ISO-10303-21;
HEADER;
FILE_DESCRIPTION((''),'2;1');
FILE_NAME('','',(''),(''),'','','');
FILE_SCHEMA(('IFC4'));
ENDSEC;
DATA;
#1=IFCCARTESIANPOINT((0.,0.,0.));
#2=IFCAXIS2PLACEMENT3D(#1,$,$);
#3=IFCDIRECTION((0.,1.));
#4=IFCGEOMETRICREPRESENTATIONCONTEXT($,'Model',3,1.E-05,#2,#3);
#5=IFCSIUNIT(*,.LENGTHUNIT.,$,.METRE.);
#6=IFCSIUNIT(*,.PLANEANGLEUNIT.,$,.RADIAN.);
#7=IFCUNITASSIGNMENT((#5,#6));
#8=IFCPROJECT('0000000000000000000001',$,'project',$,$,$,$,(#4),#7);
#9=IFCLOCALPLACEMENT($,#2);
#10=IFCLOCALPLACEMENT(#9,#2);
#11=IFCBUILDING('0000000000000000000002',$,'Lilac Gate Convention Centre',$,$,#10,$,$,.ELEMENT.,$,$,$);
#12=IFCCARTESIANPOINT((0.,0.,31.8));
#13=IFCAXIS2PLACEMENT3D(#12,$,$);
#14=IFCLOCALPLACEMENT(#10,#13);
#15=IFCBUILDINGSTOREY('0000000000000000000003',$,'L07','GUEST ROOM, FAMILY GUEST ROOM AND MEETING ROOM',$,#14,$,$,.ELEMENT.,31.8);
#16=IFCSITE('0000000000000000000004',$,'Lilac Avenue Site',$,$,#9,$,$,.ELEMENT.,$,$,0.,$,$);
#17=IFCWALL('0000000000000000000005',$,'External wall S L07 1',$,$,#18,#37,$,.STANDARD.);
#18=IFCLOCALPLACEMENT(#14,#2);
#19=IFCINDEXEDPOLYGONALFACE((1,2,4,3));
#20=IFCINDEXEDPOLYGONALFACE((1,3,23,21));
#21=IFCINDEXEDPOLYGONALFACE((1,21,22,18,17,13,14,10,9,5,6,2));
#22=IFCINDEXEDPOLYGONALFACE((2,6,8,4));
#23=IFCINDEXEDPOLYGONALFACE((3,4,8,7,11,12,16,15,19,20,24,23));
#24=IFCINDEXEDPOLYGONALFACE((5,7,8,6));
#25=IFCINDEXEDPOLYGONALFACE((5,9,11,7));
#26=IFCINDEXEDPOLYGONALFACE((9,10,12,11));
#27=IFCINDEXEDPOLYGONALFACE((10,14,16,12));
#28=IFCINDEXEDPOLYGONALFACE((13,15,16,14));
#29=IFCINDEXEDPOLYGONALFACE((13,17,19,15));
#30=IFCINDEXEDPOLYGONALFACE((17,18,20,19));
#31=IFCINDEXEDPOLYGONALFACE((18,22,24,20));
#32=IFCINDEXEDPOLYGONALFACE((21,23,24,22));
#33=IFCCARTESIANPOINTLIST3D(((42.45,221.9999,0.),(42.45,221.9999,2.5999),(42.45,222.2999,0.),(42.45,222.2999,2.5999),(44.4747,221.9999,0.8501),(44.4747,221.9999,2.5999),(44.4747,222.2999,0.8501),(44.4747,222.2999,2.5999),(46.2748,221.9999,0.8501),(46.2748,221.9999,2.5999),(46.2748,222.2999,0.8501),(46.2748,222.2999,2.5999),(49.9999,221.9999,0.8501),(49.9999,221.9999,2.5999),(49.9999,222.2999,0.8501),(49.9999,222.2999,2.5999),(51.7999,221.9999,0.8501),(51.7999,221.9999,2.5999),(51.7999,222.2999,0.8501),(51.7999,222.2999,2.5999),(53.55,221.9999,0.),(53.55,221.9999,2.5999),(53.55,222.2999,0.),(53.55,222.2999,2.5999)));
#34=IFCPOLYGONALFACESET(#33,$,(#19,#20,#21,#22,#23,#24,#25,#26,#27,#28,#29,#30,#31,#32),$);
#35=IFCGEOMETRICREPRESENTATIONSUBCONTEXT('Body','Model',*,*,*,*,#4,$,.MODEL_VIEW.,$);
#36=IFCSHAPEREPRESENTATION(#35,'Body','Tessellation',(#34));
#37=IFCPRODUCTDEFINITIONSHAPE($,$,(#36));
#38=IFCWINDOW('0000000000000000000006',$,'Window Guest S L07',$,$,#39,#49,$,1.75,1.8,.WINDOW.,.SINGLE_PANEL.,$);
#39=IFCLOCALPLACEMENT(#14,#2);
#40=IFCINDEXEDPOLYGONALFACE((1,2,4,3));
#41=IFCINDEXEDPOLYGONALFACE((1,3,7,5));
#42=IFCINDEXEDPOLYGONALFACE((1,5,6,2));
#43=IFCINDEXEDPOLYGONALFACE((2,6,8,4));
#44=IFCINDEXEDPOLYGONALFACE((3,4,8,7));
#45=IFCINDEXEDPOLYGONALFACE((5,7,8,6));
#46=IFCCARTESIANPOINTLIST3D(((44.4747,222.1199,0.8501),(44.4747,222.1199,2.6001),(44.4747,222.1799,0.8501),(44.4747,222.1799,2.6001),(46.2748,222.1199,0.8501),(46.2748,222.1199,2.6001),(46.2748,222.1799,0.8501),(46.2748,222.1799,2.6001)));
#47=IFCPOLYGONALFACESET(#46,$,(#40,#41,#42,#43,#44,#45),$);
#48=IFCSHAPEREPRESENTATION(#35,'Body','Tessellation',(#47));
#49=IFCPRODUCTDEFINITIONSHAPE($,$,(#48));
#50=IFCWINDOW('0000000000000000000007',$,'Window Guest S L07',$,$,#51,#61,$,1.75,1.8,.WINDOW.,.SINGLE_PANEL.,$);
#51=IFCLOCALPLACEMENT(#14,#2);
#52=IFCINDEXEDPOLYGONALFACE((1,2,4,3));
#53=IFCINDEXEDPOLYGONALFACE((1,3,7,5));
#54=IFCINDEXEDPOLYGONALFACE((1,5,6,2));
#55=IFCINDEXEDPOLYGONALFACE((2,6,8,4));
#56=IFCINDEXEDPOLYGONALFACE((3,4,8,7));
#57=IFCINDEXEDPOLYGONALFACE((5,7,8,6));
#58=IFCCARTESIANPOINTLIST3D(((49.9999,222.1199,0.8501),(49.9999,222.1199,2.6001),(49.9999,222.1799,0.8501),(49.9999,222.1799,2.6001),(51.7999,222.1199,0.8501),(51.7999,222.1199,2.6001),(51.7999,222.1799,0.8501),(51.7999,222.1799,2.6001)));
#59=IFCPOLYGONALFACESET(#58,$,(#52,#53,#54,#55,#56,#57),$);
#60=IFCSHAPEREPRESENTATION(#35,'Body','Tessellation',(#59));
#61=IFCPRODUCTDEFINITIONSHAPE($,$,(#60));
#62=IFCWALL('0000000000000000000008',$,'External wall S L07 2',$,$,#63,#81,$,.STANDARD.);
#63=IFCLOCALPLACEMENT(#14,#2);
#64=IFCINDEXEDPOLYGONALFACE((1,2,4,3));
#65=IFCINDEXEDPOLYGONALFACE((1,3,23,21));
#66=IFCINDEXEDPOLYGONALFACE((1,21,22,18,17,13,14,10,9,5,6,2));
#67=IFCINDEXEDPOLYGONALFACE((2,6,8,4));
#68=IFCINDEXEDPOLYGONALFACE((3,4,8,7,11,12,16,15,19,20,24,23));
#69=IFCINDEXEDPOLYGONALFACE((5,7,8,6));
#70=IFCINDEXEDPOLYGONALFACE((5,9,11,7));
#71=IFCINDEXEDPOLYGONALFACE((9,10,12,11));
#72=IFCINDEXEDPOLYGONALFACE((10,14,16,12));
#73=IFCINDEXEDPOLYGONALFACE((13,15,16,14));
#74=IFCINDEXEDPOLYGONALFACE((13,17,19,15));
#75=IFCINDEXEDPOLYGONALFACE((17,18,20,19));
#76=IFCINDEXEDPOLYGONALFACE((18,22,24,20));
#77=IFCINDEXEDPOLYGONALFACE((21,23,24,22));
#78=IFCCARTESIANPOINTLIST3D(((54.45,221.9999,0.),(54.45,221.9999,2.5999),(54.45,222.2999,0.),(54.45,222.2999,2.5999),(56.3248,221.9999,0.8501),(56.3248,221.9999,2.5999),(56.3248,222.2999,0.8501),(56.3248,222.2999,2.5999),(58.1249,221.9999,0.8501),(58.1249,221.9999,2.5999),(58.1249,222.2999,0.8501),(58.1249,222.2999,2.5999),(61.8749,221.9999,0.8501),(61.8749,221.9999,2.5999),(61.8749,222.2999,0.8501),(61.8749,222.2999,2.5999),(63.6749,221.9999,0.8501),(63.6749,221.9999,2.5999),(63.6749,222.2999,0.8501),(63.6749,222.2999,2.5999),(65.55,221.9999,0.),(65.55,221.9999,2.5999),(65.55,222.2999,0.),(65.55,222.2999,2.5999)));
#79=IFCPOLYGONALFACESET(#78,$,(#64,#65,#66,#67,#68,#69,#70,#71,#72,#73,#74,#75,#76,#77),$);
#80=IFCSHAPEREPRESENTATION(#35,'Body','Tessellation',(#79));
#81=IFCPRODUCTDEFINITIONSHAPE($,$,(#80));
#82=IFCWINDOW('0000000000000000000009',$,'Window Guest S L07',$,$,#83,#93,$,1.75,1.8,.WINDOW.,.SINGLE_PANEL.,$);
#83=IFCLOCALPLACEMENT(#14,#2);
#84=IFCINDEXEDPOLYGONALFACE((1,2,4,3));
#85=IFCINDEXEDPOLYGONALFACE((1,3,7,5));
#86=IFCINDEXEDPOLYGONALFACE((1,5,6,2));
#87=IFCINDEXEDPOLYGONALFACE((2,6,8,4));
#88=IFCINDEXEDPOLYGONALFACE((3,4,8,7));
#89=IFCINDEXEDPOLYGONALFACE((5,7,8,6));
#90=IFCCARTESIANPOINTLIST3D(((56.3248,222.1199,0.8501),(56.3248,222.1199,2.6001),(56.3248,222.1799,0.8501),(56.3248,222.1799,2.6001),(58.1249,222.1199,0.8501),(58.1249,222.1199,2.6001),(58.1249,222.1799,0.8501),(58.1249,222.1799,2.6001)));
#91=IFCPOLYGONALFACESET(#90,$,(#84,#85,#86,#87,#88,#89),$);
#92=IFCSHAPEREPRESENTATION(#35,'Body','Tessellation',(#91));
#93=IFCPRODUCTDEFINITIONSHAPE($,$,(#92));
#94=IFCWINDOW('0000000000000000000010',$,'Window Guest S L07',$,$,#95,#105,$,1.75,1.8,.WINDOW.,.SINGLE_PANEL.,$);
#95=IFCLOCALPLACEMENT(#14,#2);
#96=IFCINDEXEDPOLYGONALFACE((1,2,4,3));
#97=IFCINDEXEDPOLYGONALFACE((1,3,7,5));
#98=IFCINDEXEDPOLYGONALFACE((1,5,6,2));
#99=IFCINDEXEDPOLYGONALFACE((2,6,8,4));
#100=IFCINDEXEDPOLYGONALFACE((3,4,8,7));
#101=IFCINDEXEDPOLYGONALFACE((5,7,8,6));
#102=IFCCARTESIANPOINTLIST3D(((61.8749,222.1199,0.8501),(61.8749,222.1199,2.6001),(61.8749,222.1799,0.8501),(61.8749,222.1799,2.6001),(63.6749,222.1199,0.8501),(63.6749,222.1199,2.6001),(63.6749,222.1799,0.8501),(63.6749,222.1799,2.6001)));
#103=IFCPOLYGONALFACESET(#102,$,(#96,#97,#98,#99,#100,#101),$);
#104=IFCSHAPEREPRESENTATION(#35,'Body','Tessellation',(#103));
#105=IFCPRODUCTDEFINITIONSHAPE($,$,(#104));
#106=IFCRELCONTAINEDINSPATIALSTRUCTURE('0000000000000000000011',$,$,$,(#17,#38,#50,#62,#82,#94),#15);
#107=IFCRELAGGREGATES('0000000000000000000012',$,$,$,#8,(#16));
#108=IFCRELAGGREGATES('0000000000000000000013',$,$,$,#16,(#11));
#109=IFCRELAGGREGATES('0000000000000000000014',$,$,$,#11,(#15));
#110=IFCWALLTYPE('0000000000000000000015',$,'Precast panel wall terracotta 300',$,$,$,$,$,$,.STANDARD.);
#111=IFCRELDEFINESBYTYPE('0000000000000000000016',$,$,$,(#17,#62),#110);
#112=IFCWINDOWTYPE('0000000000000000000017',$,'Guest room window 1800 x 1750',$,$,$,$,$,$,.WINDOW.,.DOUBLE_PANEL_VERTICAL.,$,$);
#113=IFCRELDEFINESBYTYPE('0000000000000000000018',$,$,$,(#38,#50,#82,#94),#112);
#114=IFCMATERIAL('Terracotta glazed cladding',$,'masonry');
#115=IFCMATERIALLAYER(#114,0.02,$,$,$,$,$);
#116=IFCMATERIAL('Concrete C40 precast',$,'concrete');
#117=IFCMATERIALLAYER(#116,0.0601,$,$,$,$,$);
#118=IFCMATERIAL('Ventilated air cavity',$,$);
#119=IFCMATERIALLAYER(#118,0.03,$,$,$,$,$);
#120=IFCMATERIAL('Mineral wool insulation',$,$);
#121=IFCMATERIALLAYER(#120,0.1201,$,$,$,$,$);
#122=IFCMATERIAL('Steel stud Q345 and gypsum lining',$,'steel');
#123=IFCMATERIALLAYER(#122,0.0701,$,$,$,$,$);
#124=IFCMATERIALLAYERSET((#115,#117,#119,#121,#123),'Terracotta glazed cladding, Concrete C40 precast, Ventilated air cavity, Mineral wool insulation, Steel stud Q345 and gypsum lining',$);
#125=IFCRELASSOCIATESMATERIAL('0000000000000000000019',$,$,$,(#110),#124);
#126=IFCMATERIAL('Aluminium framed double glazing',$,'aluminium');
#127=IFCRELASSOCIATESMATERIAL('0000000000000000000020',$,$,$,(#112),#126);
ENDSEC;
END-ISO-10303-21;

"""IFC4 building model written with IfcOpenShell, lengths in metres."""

from ifc_helpers import new_model, si_unit, direction, frame, frame_2d, origin, place, context, subcontext, project, spatial, rectangle, extrude, material, layer, layer_set, type_object, element, fill, save


model = new_model("IFC4")

# Units and contexts
model_context = context("Model", 3, precision=1e-05, world=origin(), true_north=direction((0.0, 1.0)))
body_context = subcontext(model_context, "Body", "Model", "MODEL_VIEW")
ifc_project = project(units=[si_unit("LENGTHUNIT", "METRE"), si_unit("PLANEANGLEUNIT", "RADIAN")], contexts=[model_context])

# Site, building, storey
site_placement = place(None, origin())
site = spatial("IfcSite", under=ifc_project, at=site_placement, Name="Lilac Avenue Site", CompositionType="ELEMENT", RefElevation=0.0)
building_placement = place(site_placement, origin())
building = spatial("IfcBuilding", under=site, at=building_placement, Name="Lilac Gate Convention Centre", CompositionType="ELEMENT")
storey_placement = place(building_placement, frame((0.0, 0.0, 31.8)))
storey = spatial("IfcBuildingStorey", under=building, at=storey_placement, Name="L07", Description="GUEST ROOM, FAMILY GUEST ROOM AND MEETING ROOM", CompositionType="ELEMENT", Elevation=31.8)

# Shared definitions
ifc_material_1 = material(Name="Concrete C40 precast", Category="concrete")
ifc_material_2 = material(Name="Terracotta glazed cladding", Category="masonry")

# Walls, openings, windows
ifc_layer_1 = layer(ifc_material_2, 0.02)
ifc_layer_2 = layer(ifc_material_1, 0.0601)
ifc_material_3 = material(Name="Ventilated air cavity")
ifc_layer_3 = layer(ifc_material_3, 0.03)
ifc_material_4 = material(Name="Mineral wool insulation")
ifc_layer_4 = layer(ifc_material_4, 0.1201)
ifc_material_5 = material(Name="Steel stud Q345 and gypsum lining", Category="steel")
ifc_layer_5 = layer(ifc_material_5, 0.0701)
ifc_layer_set_1 = layer_set([ifc_layer_1, ifc_layer_2, ifc_layer_3, ifc_layer_4, ifc_layer_5], Name="Terracotta glazed cladding, Concrete C40 precast, Ventilated air cavity, Mineral wool insulation, Steel stud Q345 and gypsum lining")
wall_type_1 = type_object("IfcWallType", Name="Precast panel wall terracotta 300", PredefinedType="STANDARD", material=ifc_layer_set_1)
wall_1_placement = place(storey_placement, frame((42.45, 222.1499, 0.0), z_axis=(0.0, 0.0, 1.0), x_axis=(1.0, 0.0, 0.0)))
wall_1 = element("IfcWall", 1, at=wall_1_placement, inside=storey, type_object=wall_type_1, Name="External wall S L07 1", PredefinedType="STANDARD", context=body_context, shape_type="SweptSolid", body=[
    extrude(rectangle(XDim=11.1001, YDim=0.3, at=frame_2d((5.55, 0.0))), origin(), (0.0, 0.0, 1.0), 2.5999),
])
opening_1_placement = place(wall_1_placement, frame((2.0249, 0.0, 0.8501)))
opening_1 = element("IfcOpeningElement", 2, at=opening_1_placement, cuts=wall_1, PredefinedType="OPENING", context=body_context, shape_type="SweptSolid", body=[
    extrude(rectangle(XDim=1.8, YDim=1.75, at=frame_2d((0.8999, 0.875))), frame((0.0, 0.1599, 0.0), z_axis=(0.0, -1.0, 0.0), x_axis=(1.0, 0.0, 0.0)), (0.0, 0.0, 1.0), 0.3201),
])
opening_2_placement = place(wall_1_placement, frame((7.55, 0.0, 0.8501)))
opening_2 = element("IfcOpeningElement", 3, at=opening_2_placement, cuts=wall_1, PredefinedType="OPENING", context=body_context, shape_type="SweptSolid", body=[
    extrude(rectangle(XDim=1.8, YDim=1.75, at=frame_2d((0.8999, 0.875))), frame((0.0, 0.1599, 0.0), z_axis=(0.0, -1.0, 0.0), x_axis=(1.0, 0.0, 0.0)), (0.0, 0.0, 1.0), 0.3201),
])
ifc_material_6 = material(Name="Aluminium framed double glazing", Category="aluminium")
window_type = type_object("IfcWindowType", Name="Guest room window 1800 x 1750", PartitioningType="DOUBLE_PANEL_VERTICAL", PredefinedType="WINDOW", material=ifc_material_6)
window_1_placement = place(opening_1_placement, origin())
window_1 = element("IfcWindow", 4, at=window_1_placement, inside=storey, type_object=window_type, Name="Window Guest S L07", OverallHeight=1.75, OverallWidth=1.8, PartitioningType="SINGLE_PANEL", PredefinedType="WINDOW", context=body_context, shape_type="SweptSolid", body=[
    extrude(rectangle(XDim=1.8, YDim=1.75, at=frame_2d((0.8999, 0.875))), frame((0.0, 0.03, 0.0), z_axis=(0.0, -1.0, 0.0), x_axis=(1.0, 0.0, 0.0)), (0.0, 0.0, 1.0), 0.0601),
])
fill(opening_1, window_1)
window_2_placement = place(opening_2_placement, origin())
window_2 = element("IfcWindow", 5, at=window_2_placement, inside=storey, type_object=window_type, Name="Window Guest S L07", OverallHeight=1.75, OverallWidth=1.8, PartitioningType="SINGLE_PANEL", PredefinedType="WINDOW", context=body_context, shape_type="SweptSolid", body=[
    extrude(rectangle(XDim=1.8, YDim=1.75, at=frame_2d((0.8999, 0.875))), frame((0.0, 0.03, 0.0), z_axis=(0.0, -1.0, 0.0), x_axis=(1.0, 0.0, 0.0)), (0.0, 0.0, 1.0), 0.0601),
])
fill(opening_2, window_2)
wall_2_placement = place(storey_placement, frame((54.45, 222.1499, 0.0), z_axis=(0.0, 0.0, 1.0), x_axis=(1.0, 0.0, 0.0)))
wall_2 = element("IfcWall", 6, at=wall_2_placement, inside=storey, type_object=wall_type_1, Name="External wall S L07 2", PredefinedType="STANDARD", context=body_context, shape_type="SweptSolid", body=[
    extrude(rectangle(XDim=11.1001, YDim=0.3, at=frame_2d((5.55, 0.0))), origin(), (0.0, 0.0, 1.0), 2.5999),
])
opening_3_placement = place(wall_2_placement, frame((1.875, 0.0, 0.8501)))
opening_3 = element("IfcOpeningElement", 7, at=opening_3_placement, cuts=wall_2, PredefinedType="OPENING", context=body_context, shape_type="SweptSolid", body=[
    extrude(rectangle(XDim=1.8, YDim=1.75, at=frame_2d((0.8999, 0.875))), frame((0.0, 0.1599, 0.0), z_axis=(0.0, -1.0, 0.0), x_axis=(1.0, 0.0, 0.0)), (0.0, 0.0, 1.0), 0.3201),
])
opening_4_placement = place(wall_2_placement, frame((7.425, 0.0, 0.8501)))
opening_4 = element("IfcOpeningElement", 8, at=opening_4_placement, cuts=wall_2, PredefinedType="OPENING", context=body_context, shape_type="SweptSolid", body=[
    extrude(rectangle(XDim=1.8, YDim=1.75, at=frame_2d((0.8999, 0.875))), frame((0.0, 0.1599, 0.0), z_axis=(0.0, -1.0, 0.0), x_axis=(1.0, 0.0, 0.0)), (0.0, 0.0, 1.0), 0.3201),
])
window_3_placement = place(opening_3_placement, origin())
window_3 = element("IfcWindow", 9, at=window_3_placement, inside=storey, type_object=window_type, Name="Window Guest S L07", OverallHeight=1.75, OverallWidth=1.8, PartitioningType="SINGLE_PANEL", PredefinedType="WINDOW", context=body_context, shape_type="SweptSolid", body=[
    extrude(rectangle(XDim=1.8, YDim=1.75, at=frame_2d((0.8999, 0.875))), frame((0.0, 0.03, 0.0), z_axis=(0.0, -1.0, 0.0), x_axis=(1.0, 0.0, 0.0)), (0.0, 0.0, 1.0), 0.0601),
])
fill(opening_3, window_3)
window_4_placement = place(opening_4_placement, origin())
window_4 = element("IfcWindow", 10, at=window_4_placement, inside=storey, type_object=window_type, Name="Window Guest S L07", OverallHeight=1.75, OverallWidth=1.8, PartitioningType="SINGLE_PANEL", PredefinedType="WINDOW", context=body_context, shape_type="SweptSolid", body=[
    extrude(rectangle(XDim=1.8, YDim=1.75, at=frame_2d((0.8999, 0.875))), frame((0.0, 0.03, 0.0), z_axis=(0.0, -1.0, 0.0), x_axis=(1.0, 0.0, 0.0)), (0.0, 0.0, 1.0), 0.0601),
])
fill(opening_4, window_4)

save(model, "model.ifc")
